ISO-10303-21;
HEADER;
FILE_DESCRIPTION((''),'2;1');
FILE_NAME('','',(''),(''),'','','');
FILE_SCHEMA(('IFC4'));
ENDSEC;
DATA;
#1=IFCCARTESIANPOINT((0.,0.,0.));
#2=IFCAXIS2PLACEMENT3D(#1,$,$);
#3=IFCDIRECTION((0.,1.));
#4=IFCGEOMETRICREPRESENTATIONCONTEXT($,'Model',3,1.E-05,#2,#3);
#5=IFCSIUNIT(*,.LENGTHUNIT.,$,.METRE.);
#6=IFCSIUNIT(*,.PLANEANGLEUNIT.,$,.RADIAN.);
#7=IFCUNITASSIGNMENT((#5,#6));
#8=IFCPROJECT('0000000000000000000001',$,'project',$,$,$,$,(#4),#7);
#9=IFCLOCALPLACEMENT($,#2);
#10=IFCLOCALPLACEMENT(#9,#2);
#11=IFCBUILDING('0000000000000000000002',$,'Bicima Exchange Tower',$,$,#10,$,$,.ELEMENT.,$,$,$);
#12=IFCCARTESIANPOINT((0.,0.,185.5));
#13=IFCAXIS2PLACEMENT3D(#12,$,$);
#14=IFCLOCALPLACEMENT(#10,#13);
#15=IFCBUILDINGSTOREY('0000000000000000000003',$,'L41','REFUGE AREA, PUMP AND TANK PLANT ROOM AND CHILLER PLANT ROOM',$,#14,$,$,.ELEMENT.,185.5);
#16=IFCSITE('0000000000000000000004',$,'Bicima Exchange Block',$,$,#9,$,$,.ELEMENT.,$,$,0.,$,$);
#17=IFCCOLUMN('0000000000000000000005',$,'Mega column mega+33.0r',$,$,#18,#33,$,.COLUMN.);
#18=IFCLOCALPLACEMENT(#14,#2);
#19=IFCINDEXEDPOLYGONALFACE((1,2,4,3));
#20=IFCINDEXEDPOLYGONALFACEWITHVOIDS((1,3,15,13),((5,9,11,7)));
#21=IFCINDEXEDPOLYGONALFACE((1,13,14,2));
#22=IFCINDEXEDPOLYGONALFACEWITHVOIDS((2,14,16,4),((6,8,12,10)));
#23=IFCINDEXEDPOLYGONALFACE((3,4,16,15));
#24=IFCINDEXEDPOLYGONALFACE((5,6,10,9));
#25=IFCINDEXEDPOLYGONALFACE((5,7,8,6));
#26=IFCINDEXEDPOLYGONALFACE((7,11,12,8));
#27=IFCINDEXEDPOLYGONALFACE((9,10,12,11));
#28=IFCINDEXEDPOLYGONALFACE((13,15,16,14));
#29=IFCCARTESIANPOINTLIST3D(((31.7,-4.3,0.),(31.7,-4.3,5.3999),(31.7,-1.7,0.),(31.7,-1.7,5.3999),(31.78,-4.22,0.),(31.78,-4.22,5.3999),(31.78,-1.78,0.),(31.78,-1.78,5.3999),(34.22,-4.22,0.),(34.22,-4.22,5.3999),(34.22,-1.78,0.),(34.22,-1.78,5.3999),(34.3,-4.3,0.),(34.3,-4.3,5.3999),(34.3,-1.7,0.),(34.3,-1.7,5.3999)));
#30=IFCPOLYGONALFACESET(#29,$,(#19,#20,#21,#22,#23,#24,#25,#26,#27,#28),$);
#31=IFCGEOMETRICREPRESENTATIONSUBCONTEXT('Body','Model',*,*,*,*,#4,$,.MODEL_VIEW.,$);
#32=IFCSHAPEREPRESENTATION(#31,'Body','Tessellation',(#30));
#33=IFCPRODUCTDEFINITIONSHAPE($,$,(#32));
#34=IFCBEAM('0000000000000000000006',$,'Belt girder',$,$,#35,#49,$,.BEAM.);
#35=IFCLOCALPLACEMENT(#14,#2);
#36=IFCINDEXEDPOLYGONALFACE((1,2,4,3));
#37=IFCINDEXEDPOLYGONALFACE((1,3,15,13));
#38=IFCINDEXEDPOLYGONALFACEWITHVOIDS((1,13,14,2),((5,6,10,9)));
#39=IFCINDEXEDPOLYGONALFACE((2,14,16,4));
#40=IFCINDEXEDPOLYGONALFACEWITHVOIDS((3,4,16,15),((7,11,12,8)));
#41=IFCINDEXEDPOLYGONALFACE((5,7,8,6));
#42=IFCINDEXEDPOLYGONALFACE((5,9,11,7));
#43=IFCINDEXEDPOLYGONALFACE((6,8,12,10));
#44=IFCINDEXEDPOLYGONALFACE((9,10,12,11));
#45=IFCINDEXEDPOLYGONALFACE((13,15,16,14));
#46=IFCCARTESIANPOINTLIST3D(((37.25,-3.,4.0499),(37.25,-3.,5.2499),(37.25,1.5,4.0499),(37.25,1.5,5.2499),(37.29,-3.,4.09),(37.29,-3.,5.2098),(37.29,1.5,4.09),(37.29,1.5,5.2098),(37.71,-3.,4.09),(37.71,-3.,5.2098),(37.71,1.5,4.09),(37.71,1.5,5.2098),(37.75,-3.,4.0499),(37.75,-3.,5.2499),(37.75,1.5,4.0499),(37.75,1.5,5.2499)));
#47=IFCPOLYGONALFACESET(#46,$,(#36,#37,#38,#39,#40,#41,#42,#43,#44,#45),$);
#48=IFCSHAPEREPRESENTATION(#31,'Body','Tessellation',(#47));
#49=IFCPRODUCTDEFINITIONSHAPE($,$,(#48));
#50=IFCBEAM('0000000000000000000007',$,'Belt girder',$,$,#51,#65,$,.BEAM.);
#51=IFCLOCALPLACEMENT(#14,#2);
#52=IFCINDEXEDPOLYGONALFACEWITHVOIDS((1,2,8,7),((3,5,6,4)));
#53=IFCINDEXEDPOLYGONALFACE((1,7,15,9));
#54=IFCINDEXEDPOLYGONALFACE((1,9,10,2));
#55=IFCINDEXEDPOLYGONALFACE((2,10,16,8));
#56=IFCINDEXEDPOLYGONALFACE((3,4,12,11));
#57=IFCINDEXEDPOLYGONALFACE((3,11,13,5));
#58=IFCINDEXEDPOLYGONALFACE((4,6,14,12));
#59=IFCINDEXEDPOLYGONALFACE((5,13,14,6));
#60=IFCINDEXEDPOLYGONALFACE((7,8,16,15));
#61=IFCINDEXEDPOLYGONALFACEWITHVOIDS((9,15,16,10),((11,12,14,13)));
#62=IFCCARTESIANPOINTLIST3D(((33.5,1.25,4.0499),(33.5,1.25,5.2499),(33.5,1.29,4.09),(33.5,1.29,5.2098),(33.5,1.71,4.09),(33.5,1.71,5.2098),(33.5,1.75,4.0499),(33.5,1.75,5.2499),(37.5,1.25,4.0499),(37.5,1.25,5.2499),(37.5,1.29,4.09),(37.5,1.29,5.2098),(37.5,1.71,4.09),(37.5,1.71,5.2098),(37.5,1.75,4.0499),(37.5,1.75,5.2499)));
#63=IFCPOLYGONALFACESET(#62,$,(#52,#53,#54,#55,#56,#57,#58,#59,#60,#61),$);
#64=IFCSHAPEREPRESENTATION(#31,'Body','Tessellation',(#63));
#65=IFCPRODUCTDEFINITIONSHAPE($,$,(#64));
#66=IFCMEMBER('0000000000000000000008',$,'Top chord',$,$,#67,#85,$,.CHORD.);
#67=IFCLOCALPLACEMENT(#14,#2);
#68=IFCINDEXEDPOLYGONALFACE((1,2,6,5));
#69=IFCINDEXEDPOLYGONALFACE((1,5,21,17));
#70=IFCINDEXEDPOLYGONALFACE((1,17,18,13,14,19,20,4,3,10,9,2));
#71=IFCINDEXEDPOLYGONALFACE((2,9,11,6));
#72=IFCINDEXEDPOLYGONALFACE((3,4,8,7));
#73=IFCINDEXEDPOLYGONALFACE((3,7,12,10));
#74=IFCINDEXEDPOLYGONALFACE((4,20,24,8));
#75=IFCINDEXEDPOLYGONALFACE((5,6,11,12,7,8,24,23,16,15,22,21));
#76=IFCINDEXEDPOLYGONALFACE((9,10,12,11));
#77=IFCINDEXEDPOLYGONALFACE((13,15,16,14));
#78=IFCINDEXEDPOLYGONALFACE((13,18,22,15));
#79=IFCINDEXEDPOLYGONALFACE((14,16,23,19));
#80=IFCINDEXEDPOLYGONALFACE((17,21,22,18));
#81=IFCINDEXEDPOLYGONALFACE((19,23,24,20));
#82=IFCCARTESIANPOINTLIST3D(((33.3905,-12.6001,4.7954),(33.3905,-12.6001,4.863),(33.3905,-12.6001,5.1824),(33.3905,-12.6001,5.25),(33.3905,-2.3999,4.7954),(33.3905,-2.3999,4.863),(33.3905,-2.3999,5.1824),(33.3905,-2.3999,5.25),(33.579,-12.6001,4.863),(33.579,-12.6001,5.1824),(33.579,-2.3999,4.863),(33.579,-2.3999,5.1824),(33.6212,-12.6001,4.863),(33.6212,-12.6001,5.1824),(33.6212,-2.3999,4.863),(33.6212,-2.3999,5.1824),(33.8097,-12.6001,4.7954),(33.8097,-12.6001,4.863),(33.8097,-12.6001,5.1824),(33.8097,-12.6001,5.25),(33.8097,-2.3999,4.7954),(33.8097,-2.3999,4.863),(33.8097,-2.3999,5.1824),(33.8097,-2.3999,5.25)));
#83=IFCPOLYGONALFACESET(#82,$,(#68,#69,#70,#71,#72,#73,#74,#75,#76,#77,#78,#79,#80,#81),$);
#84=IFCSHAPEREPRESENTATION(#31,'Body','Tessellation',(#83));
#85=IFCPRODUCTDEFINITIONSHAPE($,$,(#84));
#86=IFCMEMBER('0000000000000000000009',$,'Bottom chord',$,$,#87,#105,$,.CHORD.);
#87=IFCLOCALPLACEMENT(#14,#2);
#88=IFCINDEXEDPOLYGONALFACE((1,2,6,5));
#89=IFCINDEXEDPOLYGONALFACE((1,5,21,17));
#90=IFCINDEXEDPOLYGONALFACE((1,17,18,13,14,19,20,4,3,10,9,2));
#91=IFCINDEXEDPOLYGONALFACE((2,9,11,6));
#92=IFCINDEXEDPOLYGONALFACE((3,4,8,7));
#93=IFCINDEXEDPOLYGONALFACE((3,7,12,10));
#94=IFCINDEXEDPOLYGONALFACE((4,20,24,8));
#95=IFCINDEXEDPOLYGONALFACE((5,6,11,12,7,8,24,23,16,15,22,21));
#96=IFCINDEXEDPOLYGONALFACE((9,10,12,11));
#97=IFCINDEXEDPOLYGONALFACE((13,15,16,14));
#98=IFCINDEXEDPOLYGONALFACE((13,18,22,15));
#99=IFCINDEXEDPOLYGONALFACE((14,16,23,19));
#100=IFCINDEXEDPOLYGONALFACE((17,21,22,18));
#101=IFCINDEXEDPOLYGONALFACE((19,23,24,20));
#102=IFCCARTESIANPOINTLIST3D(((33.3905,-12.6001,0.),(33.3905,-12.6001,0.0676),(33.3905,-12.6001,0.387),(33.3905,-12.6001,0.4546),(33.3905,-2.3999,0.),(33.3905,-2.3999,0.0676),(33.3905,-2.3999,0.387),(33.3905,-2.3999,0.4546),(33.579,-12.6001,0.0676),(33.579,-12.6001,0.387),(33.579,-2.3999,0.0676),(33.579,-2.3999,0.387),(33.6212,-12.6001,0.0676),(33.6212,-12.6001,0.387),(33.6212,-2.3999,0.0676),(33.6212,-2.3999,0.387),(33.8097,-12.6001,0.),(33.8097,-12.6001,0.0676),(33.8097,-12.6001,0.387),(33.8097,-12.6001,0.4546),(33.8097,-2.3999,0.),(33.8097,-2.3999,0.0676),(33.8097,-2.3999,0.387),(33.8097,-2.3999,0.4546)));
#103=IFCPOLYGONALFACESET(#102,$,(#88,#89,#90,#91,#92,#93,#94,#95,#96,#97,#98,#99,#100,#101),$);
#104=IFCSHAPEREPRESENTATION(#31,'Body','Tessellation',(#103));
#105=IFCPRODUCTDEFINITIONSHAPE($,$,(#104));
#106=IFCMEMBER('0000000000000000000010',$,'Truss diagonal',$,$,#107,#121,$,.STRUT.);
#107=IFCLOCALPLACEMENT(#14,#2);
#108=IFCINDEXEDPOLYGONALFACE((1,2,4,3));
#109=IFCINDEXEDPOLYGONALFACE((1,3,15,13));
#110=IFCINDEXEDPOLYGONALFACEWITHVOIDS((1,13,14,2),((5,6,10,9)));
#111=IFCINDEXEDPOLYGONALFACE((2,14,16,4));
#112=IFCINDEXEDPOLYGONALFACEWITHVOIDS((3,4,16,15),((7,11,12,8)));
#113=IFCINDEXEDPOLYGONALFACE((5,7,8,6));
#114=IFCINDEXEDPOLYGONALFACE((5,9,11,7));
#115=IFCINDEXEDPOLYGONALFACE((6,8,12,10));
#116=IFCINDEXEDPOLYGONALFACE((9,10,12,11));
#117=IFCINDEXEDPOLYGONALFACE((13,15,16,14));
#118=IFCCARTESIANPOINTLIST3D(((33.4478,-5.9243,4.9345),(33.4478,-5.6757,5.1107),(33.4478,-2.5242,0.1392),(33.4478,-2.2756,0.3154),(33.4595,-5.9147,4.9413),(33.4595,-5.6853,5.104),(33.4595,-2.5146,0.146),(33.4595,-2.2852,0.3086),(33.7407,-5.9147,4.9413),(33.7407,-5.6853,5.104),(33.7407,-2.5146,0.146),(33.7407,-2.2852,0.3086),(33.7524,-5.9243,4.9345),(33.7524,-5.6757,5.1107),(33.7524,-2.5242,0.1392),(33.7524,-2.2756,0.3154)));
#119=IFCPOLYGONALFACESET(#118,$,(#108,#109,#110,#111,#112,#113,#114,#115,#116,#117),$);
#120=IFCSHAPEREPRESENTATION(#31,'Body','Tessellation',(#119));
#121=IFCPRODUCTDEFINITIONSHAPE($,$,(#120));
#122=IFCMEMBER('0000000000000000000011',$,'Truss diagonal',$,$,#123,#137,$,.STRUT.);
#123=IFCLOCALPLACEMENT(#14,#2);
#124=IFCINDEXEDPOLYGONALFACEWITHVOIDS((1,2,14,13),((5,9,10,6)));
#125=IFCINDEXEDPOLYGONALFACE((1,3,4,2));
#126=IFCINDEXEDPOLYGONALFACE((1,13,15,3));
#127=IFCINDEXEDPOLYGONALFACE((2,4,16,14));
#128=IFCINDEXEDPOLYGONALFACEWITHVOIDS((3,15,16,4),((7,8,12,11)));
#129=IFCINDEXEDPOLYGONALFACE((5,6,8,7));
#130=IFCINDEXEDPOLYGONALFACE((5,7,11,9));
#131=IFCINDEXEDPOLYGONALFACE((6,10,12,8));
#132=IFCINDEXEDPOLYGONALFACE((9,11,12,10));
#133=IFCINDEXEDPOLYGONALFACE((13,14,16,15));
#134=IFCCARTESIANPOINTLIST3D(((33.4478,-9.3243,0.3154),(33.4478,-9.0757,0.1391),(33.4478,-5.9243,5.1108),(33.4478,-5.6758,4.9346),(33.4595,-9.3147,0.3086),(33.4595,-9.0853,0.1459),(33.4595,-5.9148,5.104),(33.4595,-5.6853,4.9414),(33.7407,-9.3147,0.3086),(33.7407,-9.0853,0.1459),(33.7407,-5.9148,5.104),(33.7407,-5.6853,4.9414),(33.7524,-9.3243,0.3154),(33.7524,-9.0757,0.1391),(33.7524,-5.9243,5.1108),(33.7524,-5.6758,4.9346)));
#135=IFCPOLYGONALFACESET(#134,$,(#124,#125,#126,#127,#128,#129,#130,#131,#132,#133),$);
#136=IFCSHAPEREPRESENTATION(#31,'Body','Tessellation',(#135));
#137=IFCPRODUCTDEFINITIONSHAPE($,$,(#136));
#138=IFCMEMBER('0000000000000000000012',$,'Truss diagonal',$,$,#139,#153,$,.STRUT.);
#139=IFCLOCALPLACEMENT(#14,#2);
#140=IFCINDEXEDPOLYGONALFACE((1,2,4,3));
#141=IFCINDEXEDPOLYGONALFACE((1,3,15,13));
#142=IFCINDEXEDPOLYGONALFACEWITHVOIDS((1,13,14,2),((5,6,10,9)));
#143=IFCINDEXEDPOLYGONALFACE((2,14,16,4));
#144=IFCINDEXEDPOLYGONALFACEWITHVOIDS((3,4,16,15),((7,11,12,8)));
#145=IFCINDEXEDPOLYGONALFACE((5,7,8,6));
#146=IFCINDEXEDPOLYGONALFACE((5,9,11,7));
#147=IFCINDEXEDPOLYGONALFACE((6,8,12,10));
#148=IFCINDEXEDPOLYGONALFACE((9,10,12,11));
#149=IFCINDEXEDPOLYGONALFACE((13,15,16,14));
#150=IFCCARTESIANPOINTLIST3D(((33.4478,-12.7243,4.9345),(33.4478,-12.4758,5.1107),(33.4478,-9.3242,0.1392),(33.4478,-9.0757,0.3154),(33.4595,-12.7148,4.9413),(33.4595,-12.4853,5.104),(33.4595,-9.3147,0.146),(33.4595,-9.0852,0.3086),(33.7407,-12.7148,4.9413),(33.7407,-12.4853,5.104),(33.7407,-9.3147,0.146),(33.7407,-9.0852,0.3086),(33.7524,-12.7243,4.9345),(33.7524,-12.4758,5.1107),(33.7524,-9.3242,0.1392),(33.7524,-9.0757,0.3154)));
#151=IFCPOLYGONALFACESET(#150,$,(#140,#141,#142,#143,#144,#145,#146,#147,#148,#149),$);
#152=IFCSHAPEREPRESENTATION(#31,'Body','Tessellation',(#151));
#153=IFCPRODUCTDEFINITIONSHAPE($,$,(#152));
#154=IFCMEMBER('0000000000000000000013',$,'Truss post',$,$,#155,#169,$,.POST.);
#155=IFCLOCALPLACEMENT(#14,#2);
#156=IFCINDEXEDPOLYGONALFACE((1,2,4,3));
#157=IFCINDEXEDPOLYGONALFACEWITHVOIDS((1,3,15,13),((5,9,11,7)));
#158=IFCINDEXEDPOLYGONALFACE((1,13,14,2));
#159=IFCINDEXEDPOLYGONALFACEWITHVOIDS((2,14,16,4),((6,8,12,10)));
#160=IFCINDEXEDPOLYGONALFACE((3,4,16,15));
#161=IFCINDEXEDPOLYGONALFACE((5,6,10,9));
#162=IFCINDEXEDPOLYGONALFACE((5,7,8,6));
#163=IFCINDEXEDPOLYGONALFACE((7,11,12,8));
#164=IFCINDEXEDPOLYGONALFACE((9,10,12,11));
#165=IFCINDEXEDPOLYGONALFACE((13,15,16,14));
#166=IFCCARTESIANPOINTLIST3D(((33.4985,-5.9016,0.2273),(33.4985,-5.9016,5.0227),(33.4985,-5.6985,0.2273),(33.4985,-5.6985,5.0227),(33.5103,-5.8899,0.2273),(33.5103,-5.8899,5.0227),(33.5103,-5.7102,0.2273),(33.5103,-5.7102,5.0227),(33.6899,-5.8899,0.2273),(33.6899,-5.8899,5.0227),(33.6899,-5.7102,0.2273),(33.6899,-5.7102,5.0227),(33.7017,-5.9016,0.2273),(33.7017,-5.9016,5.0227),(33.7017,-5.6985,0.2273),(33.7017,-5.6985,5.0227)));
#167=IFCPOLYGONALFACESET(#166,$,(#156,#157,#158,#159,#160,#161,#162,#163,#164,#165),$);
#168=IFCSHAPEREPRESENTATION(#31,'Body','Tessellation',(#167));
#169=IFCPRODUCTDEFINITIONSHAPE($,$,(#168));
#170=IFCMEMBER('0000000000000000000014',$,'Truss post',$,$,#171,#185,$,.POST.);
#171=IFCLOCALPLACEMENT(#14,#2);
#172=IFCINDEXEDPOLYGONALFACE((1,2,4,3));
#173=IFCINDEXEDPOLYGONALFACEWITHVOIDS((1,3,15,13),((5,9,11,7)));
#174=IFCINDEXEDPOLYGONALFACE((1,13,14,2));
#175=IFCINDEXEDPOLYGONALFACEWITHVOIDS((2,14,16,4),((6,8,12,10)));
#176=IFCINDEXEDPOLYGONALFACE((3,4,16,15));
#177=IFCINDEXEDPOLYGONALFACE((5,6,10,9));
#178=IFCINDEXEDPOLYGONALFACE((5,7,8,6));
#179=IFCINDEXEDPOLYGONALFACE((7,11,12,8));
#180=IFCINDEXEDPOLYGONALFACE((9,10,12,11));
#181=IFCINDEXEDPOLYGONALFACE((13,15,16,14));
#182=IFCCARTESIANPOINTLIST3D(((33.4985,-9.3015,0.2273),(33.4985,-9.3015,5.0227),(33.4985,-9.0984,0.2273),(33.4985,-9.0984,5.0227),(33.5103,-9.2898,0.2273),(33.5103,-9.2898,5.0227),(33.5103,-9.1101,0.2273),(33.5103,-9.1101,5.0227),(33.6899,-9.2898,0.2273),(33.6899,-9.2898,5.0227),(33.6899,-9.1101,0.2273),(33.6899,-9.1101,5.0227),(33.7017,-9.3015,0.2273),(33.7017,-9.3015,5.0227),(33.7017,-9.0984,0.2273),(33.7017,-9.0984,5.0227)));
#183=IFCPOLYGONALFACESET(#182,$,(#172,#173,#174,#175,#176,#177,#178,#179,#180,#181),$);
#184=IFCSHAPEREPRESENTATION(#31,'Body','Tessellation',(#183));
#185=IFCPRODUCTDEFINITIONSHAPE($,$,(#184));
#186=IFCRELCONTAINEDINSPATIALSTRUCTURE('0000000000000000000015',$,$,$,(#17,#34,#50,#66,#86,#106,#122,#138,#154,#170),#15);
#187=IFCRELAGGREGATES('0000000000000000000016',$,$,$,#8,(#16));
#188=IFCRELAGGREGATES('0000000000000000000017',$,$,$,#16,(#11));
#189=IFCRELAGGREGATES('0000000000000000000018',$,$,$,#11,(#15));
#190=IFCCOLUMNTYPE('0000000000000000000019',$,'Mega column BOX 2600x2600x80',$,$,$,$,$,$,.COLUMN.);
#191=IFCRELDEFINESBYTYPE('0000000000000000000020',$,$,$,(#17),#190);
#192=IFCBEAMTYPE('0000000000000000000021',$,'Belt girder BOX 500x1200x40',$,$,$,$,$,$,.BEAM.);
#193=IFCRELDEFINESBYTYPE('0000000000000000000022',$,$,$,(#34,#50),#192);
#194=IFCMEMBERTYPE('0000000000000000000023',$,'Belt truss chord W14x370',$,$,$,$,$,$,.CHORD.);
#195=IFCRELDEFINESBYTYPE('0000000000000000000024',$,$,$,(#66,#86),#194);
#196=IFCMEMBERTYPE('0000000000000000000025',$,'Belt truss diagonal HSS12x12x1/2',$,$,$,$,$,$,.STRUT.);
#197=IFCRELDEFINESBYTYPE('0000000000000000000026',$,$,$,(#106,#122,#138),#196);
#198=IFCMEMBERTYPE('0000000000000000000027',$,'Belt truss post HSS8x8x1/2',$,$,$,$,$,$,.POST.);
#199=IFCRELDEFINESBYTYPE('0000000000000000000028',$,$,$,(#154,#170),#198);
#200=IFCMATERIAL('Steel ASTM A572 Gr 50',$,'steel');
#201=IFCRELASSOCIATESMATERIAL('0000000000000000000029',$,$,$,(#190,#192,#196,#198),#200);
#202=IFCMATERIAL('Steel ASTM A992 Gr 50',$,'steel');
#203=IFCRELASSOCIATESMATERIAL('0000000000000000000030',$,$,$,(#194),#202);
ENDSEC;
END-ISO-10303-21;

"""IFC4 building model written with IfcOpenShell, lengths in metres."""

from ifc_helpers import new_model, si_unit, direction, frame, origin, origin_2d, place, context, subcontext, project, spatial, hollow_rectangle, i_section, extrude, material, material_profile, profile_set, type_object, element, save


model = new_model("IFC4")

# Units and contexts
model_context = context("Model", 3, precision=1e-05, world=origin(), true_north=direction((0.0, 1.0)))
body_context = subcontext(model_context, "Body", "Model", "MODEL_VIEW")
ifc_project = project(units=[si_unit("LENGTHUNIT", "METRE"), si_unit("PLANEANGLEUNIT", "RADIAN")], contexts=[model_context])

# Site, building, storey
site_placement = place(None, origin())
site = spatial("IfcSite", under=ifc_project, at=site_placement, Name="Bicima Exchange Block", CompositionType="ELEMENT", RefElevation=0.0)
building_placement = place(site_placement, origin())
building = spatial("IfcBuilding", under=site, at=building_placement, Name="Bicima Exchange Tower", CompositionType="ELEMENT")
storey_placement = place(building_placement, frame((0.0, 0.0, 185.5)))
storey = spatial("IfcBuildingStorey", under=building, at=storey_placement, Name="L41", Description="REFUGE AREA, PUMP AND TANK PLANT ROOM AND CHILLER PLANT ROOM", CompositionType="ELEMENT", Elevation=185.5)

# Column
ifc_material_1 = material(Name="Steel ASTM A572 Gr 50", Category="steel")
ifc_material_profile_1 = material_profile(ifc_material_1, hollow_rectangle(XDim=2.6001, YDim=2.6001, WallThickness=0.0801, at=origin_2d()))
ifc_profile_set_1 = profile_set([ifc_material_profile_1], Name="Steel ASTM A572 Gr 50")
column_type = type_object("IfcColumnType", Name="Mega column BOX 2600x2600x80", PredefinedType="COLUMN", material=ifc_profile_set_1)
column_placement = place(storey_placement, frame((33.0, -3.0, 0.0), z_axis=(0.0, 0.0, 1.0), x_axis=(1.0, 0.0, 0.0)))
element("IfcColumn", 1, at=column_placement, inside=storey, type_object=column_type, Name="Mega column mega+33.0r", PredefinedType="COLUMN", context=body_context, shape_type="SweptSolid", body=[
    extrude(hollow_rectangle(XDim=2.6001, YDim=2.6001, WallThickness=0.0801, at=origin_2d()), origin(), (0.0, 0.0, 1.0), 5.3999),
])

# Beams
ifc_material_profile_2 = material_profile(ifc_material_1, hollow_rectangle(XDim=0.5, YDim=1.2, WallThickness=0.04, at=origin_2d()))
ifc_profile_set_2 = profile_set([ifc_material_profile_2], Name="Steel ASTM A572 Gr 50")
beam_type_1 = type_object("IfcBeamType", Name="Belt girder BOX 500x1200x40", PredefinedType="BEAM", material=ifc_profile_set_2)
beam_1_placement = place(storey_placement, frame((37.5, -3.0, 4.6499), z_axis=(0.0, 1.0, 0.0), x_axis=(-1.0, 0.0, 0.0)))
element("IfcBeam", 2, at=beam_1_placement, inside=storey, type_object=beam_type_1, Name="Belt girder", PredefinedType="BEAM", context=body_context, shape_type="SweptSolid", body=[
    extrude(hollow_rectangle(XDim=0.5, YDim=1.2, WallThickness=0.04, at=origin_2d()), origin(), (0.0, 0.0, 1.0), 4.5),
])
beam_2_placement = place(storey_placement, frame((37.5, 1.5, 4.6499), z_axis=(-1.0, 0.0, 0.0), x_axis=(0.0, -1.0, 0.0)))
element("IfcBeam", 3, at=beam_2_placement, inside=storey, type_object=beam_type_1, Name="Belt girder", PredefinedType="BEAM", context=body_context, shape_type="SweptSolid", body=[
    extrude(hollow_rectangle(XDim=0.5, YDim=1.2, WallThickness=0.04, at=origin_2d()), origin(), (0.0, 0.0, 1.0), 4.0),
])

# Members
ifc_material_2 = material(Name="Steel ASTM A992 Gr 50", Category="steel")
ifc_material_profile_3 = material_profile(ifc_material_2, i_section(OverallWidth=0.4192, OverallDepth=0.4546, WebThickness=0.0422, FlangeThickness=0.0676, at=origin_2d()))
ifc_profile_set_3 = profile_set([ifc_material_profile_3], Name="Steel ASTM A992 Gr 50")
member_type_1 = type_object("IfcMemberType", Name="Belt truss chord W14x370", PredefinedType="CHORD", material=ifc_profile_set_3)
for number, where, z_axis, x_axis, name in (
    (4, (33.6001, -2.3999, 5.0227), (0.0, -1.0, 0.0), (1.0, 0.0, 0.0), "Top chord"),
    (5, (33.6001, -2.3999, 0.2273), (0.0, -1.0, 0.0), (1.0, 0.0, 0.0), "Bottom chord"),
):
    element("IfcMember", number, at=place(storey_placement, frame(where, z_axis=z_axis, x_axis=x_axis)), inside=storey, type_object=member_type_1, Name=name, PredefinedType="CHORD", context=body_context, shape_type="SweptSolid", body=[
        extrude(i_section(OverallWidth=0.4192, OverallDepth=0.4546, WebThickness=0.0422, FlangeThickness=0.0676, at=origin_2d()), origin(), (0.0, 0.0, 1.0), 10.2002),
    ])
ifc_material_profile_4 = material_profile(ifc_material_1, hollow_rectangle(XDim=0.3047, YDim=0.3047, WallThickness=0.0117, at=origin_2d()))
ifc_profile_set_4 = profile_set([ifc_material_profile_4], Name="Steel ASTM A572 Gr 50")
member_type_2 = type_object("IfcMemberType", Name="Belt truss diagonal HSS12x12x1/2", PredefinedType="STRUT", material=ifc_profile_set_4)
for number, where, z_axis, x_axis, name in (
    (6, (33.6001, -2.3999, 0.2273), (0.0, -0.578402, 0.815752), (1.0, 0.0, 0.0), "Truss diagonal"),
    (7, (33.6001, -5.8, 5.0227), (0.0, -0.578375, -0.815771), (1.0, 0.0, 0.0), "Truss diagonal"),
    (8, (33.6001, -9.2, 0.2273), (0.0, -0.578402, 0.815752), (1.0, 0.0, 0.0), "Truss diagonal"),
):
    element("IfcMember", number, at=place(storey_placement, frame(where, z_axis=z_axis, x_axis=x_axis)), inside=storey, type_object=member_type_2, Name=name, PredefinedType="STRUT", context=body_context, shape_type="SweptSolid", body=[
        extrude(hollow_rectangle(XDim=0.3047, YDim=0.3047, WallThickness=0.0117, at=origin_2d()), origin(), (0.0, 0.0, 1.0), 5.8784),
    ])
ifc_material_profile_5 = material_profile(ifc_material_1, hollow_rectangle(XDim=0.2031, YDim=0.2031, WallThickness=0.0117, at=origin_2d()))
ifc_profile_set_5 = profile_set([ifc_material_profile_5], Name="Steel ASTM A572 Gr 50")
member_type_3 = type_object("IfcMemberType", Name="Belt truss post HSS8x8x1/2", PredefinedType="POST", material=ifc_profile_set_5)
for number, where, z_axis, x_axis, name in (
    (9, (33.6001, -5.8, 0.2273), (0.0, 0.0, 1.0), (1.0, 0.0, 0.0), "Truss post"),
    (10, (33.6001, -9.2, 0.2273), (0.0, 0.0, 1.0), (1.0, 0.0, 0.0), "Truss post"),
):
    element("IfcMember", number, at=place(storey_placement, frame(where, z_axis=z_axis, x_axis=x_axis)), inside=storey, type_object=member_type_3, Name=name, PredefinedType="POST", context=body_context, shape_type="SweptSolid", body=[
        extrude(hollow_rectangle(XDim=0.2031, YDim=0.2031, WallThickness=0.0117, at=origin_2d()), origin(), (0.0, 0.0, 1.0), 4.7954),
    ])

save(model, "model.ifc")
